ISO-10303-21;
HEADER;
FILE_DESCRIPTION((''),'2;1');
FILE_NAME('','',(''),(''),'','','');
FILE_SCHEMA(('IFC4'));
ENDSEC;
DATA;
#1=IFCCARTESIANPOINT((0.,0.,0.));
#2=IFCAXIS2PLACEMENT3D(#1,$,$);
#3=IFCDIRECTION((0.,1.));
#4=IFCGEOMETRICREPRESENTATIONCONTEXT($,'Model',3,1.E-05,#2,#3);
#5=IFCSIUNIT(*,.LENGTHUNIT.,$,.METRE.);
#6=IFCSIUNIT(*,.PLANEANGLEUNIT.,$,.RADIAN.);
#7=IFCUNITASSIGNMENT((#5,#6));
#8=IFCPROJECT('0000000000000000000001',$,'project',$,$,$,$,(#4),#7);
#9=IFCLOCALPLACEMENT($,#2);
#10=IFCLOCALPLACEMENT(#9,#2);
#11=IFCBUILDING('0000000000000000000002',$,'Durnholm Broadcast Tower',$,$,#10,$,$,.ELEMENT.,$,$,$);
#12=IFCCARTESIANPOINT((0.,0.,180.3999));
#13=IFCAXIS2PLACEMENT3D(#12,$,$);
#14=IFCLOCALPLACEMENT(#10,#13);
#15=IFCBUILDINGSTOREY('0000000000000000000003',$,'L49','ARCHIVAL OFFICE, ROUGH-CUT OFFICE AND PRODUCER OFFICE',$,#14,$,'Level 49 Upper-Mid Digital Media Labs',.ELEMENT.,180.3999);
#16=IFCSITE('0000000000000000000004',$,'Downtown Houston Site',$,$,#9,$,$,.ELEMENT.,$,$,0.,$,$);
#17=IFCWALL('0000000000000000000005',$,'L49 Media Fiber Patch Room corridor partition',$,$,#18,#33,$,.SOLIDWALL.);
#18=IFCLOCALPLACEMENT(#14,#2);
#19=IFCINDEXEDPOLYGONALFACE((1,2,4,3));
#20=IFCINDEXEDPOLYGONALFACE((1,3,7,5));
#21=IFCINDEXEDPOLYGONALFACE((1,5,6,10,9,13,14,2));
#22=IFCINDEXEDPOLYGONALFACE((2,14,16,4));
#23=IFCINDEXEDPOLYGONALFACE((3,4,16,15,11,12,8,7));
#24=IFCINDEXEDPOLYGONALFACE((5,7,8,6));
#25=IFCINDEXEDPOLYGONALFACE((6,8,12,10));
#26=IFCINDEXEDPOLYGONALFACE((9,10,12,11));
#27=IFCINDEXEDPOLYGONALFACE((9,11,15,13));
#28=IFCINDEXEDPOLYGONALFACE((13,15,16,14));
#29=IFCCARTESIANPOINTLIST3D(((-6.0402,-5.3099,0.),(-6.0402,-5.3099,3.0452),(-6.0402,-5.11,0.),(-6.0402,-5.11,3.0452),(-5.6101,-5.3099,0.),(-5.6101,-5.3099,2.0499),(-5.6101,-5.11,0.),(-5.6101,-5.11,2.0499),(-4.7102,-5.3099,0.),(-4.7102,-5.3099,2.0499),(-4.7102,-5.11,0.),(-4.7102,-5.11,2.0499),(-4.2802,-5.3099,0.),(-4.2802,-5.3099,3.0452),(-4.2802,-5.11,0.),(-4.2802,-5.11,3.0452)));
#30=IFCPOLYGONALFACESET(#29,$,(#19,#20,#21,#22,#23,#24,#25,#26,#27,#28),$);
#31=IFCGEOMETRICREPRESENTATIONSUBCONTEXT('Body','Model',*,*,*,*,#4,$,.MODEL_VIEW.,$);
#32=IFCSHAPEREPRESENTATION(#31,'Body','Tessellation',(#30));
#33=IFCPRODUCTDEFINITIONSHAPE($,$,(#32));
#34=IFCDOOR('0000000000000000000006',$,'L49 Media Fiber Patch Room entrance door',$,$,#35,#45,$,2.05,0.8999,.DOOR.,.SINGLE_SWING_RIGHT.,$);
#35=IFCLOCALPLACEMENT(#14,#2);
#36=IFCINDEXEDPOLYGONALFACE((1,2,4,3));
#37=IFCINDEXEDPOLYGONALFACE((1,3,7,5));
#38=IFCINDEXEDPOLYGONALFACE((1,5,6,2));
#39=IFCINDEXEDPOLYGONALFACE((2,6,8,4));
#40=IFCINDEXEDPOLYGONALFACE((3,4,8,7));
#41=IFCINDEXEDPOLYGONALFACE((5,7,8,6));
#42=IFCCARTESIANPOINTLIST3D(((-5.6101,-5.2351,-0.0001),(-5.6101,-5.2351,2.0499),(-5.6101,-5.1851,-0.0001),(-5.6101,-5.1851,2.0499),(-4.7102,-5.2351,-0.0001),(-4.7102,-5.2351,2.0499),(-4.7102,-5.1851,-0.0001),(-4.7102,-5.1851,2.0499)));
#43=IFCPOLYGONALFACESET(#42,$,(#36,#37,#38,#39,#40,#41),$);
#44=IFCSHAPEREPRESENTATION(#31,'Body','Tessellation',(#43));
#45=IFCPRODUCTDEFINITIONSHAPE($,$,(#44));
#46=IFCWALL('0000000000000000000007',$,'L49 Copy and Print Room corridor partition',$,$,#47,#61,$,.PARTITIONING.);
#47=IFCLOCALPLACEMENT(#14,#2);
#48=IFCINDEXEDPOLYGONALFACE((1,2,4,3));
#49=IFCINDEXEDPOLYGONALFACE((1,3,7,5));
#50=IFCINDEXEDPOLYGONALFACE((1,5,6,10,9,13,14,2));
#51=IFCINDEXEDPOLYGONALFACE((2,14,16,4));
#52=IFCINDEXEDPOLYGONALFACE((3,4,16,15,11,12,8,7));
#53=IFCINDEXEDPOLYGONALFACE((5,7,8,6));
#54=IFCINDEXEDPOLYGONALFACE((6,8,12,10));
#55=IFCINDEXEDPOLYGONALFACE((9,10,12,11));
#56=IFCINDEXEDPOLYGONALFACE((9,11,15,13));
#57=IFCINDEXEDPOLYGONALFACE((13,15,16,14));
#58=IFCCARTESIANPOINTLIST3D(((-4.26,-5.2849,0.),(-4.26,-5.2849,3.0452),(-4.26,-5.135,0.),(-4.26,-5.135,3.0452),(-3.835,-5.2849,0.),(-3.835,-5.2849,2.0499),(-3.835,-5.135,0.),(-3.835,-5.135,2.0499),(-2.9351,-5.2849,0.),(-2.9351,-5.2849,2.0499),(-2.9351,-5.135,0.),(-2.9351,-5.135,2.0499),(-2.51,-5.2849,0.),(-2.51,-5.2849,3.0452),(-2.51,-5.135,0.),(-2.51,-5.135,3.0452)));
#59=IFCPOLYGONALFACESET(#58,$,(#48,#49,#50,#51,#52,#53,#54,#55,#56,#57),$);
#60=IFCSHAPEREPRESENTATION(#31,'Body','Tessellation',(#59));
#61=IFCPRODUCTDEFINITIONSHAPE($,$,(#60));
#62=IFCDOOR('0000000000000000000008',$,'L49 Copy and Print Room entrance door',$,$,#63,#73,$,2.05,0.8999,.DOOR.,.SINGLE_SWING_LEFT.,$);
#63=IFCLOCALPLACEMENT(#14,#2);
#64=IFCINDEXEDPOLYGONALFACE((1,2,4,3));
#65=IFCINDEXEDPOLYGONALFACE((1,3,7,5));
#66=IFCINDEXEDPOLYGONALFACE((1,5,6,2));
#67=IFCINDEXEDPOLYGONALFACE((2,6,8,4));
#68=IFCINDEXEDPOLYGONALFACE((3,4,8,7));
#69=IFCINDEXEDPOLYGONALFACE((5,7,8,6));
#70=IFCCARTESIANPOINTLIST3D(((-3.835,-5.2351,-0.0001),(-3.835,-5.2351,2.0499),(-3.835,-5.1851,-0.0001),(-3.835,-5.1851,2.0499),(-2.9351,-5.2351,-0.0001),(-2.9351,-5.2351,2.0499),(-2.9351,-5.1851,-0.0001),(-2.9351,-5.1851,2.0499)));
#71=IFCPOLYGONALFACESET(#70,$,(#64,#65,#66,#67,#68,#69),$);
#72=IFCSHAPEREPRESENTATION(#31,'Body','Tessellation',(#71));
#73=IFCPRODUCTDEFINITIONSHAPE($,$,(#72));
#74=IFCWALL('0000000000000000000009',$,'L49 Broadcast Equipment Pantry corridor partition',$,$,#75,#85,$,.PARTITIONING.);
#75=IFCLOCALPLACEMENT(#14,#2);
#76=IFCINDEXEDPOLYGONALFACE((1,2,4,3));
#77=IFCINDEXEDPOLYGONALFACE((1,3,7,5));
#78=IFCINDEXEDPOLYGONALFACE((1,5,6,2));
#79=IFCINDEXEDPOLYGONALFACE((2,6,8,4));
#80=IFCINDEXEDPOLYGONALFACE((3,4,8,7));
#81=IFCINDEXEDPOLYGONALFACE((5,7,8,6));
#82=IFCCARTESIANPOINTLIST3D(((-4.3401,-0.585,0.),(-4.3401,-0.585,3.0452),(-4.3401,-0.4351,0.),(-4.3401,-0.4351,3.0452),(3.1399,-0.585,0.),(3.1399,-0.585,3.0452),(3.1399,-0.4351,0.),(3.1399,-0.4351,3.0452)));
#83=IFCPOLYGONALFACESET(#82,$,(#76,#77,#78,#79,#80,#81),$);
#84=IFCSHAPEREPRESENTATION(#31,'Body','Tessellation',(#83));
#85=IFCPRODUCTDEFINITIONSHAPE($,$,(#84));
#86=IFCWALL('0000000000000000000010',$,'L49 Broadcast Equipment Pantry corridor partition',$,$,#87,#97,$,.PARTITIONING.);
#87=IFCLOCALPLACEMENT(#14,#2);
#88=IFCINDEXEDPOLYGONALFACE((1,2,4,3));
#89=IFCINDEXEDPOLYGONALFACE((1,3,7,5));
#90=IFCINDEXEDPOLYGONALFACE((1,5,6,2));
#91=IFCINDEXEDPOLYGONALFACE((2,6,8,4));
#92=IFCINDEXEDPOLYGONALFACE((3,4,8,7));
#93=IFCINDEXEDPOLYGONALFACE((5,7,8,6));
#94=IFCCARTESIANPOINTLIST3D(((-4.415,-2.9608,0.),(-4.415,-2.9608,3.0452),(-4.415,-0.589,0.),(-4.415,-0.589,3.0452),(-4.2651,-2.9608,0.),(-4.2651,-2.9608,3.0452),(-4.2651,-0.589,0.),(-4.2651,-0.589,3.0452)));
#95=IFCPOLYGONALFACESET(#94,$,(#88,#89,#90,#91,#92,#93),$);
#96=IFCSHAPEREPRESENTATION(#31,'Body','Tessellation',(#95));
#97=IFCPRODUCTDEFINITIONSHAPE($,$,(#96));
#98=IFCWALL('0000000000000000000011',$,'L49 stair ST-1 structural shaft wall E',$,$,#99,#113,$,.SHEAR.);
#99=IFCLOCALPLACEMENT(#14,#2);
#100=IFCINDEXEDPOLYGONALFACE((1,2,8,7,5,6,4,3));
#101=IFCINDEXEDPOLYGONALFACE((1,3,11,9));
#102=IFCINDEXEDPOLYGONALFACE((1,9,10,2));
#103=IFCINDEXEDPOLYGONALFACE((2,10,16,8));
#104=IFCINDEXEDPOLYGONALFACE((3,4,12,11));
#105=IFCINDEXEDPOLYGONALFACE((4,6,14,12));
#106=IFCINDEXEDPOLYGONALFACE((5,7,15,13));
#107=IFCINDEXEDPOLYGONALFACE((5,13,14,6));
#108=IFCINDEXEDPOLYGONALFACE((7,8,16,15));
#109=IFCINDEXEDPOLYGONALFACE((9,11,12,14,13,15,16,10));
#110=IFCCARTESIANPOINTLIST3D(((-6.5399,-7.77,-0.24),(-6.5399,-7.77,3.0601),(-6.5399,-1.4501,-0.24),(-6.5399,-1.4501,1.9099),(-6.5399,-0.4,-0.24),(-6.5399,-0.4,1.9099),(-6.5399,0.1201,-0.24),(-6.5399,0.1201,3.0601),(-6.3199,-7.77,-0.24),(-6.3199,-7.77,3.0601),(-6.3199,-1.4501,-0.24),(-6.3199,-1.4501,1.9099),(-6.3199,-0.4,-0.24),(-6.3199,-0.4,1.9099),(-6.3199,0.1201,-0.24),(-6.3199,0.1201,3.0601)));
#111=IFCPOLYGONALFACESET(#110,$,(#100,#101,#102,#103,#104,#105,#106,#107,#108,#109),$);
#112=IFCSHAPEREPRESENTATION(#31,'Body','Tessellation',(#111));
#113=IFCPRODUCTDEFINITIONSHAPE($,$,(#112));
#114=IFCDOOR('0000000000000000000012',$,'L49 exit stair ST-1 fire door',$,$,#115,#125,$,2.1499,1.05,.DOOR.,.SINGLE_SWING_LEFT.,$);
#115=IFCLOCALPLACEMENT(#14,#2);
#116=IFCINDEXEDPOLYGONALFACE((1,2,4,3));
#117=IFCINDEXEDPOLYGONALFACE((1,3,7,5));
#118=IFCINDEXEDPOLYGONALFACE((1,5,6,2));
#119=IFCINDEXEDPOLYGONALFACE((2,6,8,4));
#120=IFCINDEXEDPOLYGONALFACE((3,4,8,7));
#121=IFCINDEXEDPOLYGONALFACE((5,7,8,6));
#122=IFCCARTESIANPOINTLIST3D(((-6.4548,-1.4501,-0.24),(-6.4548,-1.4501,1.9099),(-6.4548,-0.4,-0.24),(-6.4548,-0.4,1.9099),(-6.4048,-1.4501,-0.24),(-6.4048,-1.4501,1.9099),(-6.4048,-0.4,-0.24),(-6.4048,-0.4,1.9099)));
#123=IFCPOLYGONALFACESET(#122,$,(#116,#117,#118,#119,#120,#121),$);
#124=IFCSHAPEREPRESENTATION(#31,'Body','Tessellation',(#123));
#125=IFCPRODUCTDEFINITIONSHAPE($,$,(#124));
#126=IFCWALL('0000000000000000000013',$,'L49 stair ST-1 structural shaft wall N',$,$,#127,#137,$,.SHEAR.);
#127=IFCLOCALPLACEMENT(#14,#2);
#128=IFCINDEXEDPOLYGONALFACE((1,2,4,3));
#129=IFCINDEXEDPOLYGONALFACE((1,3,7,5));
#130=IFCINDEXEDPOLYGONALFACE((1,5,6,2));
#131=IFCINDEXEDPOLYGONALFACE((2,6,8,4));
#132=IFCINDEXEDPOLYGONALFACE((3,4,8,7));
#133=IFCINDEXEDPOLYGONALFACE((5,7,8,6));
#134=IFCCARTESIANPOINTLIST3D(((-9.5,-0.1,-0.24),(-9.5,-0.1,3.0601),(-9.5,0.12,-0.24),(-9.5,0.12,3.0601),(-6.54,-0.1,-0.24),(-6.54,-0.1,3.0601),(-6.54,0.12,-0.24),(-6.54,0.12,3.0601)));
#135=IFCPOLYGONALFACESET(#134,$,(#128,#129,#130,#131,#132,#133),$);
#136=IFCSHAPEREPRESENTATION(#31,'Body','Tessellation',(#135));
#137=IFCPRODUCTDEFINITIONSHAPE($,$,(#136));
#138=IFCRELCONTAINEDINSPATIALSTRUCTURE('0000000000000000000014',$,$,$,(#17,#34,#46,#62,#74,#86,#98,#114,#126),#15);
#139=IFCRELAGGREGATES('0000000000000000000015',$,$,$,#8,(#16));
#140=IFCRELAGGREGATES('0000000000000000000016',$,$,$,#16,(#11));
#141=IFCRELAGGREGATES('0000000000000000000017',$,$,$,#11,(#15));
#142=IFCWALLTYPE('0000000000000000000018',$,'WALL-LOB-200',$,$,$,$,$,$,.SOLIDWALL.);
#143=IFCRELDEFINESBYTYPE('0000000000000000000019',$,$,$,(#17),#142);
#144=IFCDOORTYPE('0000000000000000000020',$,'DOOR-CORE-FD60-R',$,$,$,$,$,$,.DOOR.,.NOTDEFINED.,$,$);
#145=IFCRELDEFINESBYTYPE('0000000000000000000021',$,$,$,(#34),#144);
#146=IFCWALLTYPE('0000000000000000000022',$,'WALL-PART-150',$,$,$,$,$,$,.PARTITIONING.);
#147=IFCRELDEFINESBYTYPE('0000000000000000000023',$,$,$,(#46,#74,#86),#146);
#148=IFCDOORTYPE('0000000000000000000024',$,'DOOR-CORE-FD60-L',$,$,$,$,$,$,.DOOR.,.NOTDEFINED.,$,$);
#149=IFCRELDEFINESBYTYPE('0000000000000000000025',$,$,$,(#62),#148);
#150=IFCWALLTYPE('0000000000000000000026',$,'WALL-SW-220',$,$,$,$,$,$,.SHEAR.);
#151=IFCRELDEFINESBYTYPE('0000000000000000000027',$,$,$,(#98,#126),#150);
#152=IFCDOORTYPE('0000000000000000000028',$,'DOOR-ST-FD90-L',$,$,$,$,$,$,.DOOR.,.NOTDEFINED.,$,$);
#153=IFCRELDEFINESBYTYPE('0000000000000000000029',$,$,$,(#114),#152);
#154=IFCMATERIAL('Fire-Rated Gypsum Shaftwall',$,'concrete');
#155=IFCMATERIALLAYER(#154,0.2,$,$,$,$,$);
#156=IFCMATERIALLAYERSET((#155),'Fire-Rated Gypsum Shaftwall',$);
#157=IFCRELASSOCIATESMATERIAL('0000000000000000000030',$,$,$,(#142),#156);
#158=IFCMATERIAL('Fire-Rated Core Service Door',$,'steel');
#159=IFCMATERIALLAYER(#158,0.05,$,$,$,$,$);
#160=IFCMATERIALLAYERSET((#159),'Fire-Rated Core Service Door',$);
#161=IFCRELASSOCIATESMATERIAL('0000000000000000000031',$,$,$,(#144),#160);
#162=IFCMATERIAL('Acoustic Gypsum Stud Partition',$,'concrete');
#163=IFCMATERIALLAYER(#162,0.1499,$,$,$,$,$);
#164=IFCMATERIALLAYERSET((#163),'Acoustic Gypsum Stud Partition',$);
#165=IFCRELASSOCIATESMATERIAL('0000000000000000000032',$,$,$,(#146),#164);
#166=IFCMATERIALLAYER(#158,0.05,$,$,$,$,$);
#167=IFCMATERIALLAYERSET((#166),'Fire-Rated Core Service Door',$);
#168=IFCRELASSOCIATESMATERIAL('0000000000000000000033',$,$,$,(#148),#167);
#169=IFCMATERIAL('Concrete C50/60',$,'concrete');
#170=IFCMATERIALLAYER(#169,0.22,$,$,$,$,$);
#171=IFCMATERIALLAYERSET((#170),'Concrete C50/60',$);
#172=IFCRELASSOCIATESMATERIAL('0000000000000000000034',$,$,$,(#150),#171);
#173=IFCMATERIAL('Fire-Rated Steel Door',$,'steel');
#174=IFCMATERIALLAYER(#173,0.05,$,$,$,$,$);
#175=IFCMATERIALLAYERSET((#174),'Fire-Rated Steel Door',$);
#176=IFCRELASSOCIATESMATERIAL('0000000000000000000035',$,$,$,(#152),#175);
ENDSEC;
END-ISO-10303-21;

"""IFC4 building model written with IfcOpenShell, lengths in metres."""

from ifc_helpers import new_model, si_unit, direction, frame, frame_2d, origin, place, context, subcontext, project, spatial, rectangle, extrude, source, transform, mapped, material, layer, layer_set, type_object, type_shapes, element, fill, save


model = new_model("IFC4")

# Units and contexts
model_context = context("Model", 3, precision=1e-05, world=origin(), true_north=direction((0.0, 1.0)))
body_context = subcontext(model_context, "Body", "Model", "MODEL_VIEW")
ifc_project = project(units=[si_unit("LENGTHUNIT", "METRE"), si_unit("PLANEANGLEUNIT", "RADIAN")], contexts=[model_context])

# Site, building, storey
site_placement = place(None, origin())
site = spatial("IfcSite", under=ifc_project, at=site_placement, Name="Downtown Houston Site", CompositionType="ELEMENT", RefElevation=0.0)
building_placement = place(site_placement, origin())
building = spatial("IfcBuilding", under=site, at=building_placement, Name="Durnholm Broadcast Tower", CompositionType="ELEMENT")
storey_placement = place(building_placement, frame((0.0, 0.0, 180.3999)))
storey = spatial("IfcBuildingStorey", under=building, at=storey_placement, Name="L49", Description="ARCHIVAL OFFICE, ROUGH-CUT OFFICE AND PRODUCER OFFICE", LongName="Level 49 Upper-Mid Digital Media Labs", CompositionType="ELEMENT", Elevation=180.3999)

# Shared definitions
ifc_material_1 = material(Name="Concrete C50/60", Category="concrete")

# Walls, openings, doors
ifc_material_2 = material(Name="Fire-Rated Gypsum Shaftwall", Category="concrete")
ifc_layer_1 = layer(ifc_material_2, 0.2)
ifc_layer_set_1 = layer_set([ifc_layer_1], Name="Fire-Rated Gypsum Shaftwall")
wall_type_1 = type_object("IfcWallType", Name="WALL-LOB-200", PredefinedType="SOLIDWALL", material=ifc_layer_set_1)
wall_1_placement = place(storey_placement, frame((-6.04, -5.21, 0.0), z_axis=(0.0, 0.0, 1.0), x_axis=(1.0, 0.0, 0.0)))
wall_1 = element("IfcWall", 1, at=wall_1_placement, inside=storey, type_object=wall_type_1, Name="L49 Media Fiber Patch Room corridor partition", PredefinedType="SOLIDWALL", context=body_context, shape_type="SweptSolid", body=[
    extrude(rectangle(XDim=1.76, YDim=0.2, at=frame_2d((0.8799, 0.0))), origin(), (0.0, 0.0, 1.0), 3.0452),
])
opening_1_placement = place(wall_1_placement, frame((0.4299, 0.0, 0.0)))
opening_1 = element("IfcOpeningElement", 2, at=opening_1_placement, cuts=wall_1, PredefinedType="OPENING", context=body_context, shape_type="SweptSolid", body=[
    extrude(rectangle(XDim=0.8999, YDim=2.05, at=frame_2d((0.45, 1.0249))), frame((0.0, 0.1099, 0.0), z_axis=(0.0, -1.0, 0.0), x_axis=(1.0, 0.0, 0.0)), (0.0, 0.0, 1.0), 0.22),
])
ifc_material_3 = material(Name="Fire-Rated Core Service Door", Category="steel")
ifc_layer_2 = layer(ifc_material_3, 0.05)
ifc_layer_set_2 = layer_set([ifc_layer_2], Name="Fire-Rated Core Service Door")
door_type_1 = type_object("IfcDoorType", Name="DOOR-CORE-FD60-R", OperationType="NOTDEFINED", PredefinedType="DOOR", material=ifc_layer_set_2)
shared_shape_1 = source(origin(), body_context, "Body", "SweptSolid", [
    extrude(rectangle(XDim=0.8999, YDim=2.05, at=frame_2d((0.45, 1.0249))), frame((0.0, 0.0249, 0.0), z_axis=(0.0, -1.0, 0.0), x_axis=(1.0, 0.0, 0.0)), (0.0, 0.0, 1.0), 0.05),
])
type_shapes(door_type_1, [shared_shape_1])
door_1_placement = place(opening_1_placement, origin())
door_1 = element("IfcDoor", 3, at=door_1_placement, inside=storey, type_object=door_type_1, Name="L49 Media Fiber Patch Room entrance door", OperationType="SINGLE_SWING_RIGHT", OverallHeight=2.05, OverallWidth=0.8999, PredefinedType="DOOR", context=body_context, shape_type="MappedRepresentation", body=[
    mapped(shared_shape_1, transform((0.0, 0.0, 0.0), x_axis=(1.0, 0.0, 0.0), y_axis=(0.0, 1.0, 0.0), z_axis=(0.0, 0.0, 1.0), scale=1.0)),
])
fill(opening_1, door_1)
ifc_material_4 = material(Name="Acoustic Gypsum Stud Partition", Category="concrete")
ifc_layer_3 = layer(ifc_material_4, 0.1499)
ifc_layer_set_3 = layer_set([ifc_layer_3], Name="Acoustic Gypsum Stud Partition")
wall_type_2 = type_object("IfcWallType", Name="WALL-PART-150", PredefinedType="PARTITIONING", material=ifc_layer_set_3)
wall_2_placement = place(storey_placement, frame((-4.26, -5.21, 0.0), z_axis=(0.0, 0.0, 1.0), x_axis=(1.0, 0.0, 0.0)))
wall_2 = element("IfcWall", 4, at=wall_2_placement, inside=storey, type_object=wall_type_2, Name="L49 Copy and Print Room corridor partition", PredefinedType="PARTITIONING", context=body_context, shape_type="SweptSolid", body=[
    extrude(rectangle(XDim=1.75, YDim=0.1499, at=frame_2d((0.875, 0.0))), origin(), (0.0, 0.0, 1.0), 3.0452),
])
opening_2_placement = place(wall_2_placement, frame((0.425, 0.0, 0.0)))
opening_2 = element("IfcOpeningElement", 5, at=opening_2_placement, cuts=wall_2, PredefinedType="OPENING", context=body_context, shape_type="SweptSolid", body=[
    extrude(rectangle(XDim=0.8999, YDim=2.05, at=frame_2d((0.45, 1.0249))), frame((0.0, 0.085, 0.0), z_axis=(0.0, -1.0, 0.0), x_axis=(1.0, 0.0, 0.0)), (0.0, 0.0, 1.0), 0.1699),
])
ifc_layer_4 = layer(ifc_material_3, 0.05)
ifc_layer_set_4 = layer_set([ifc_layer_4], Name="Fire-Rated Core Service Door")
door_type_2 = type_object("IfcDoorType", Name="DOOR-CORE-FD60-L", OperationType="NOTDEFINED", PredefinedType="DOOR", material=ifc_layer_set_4)
shared_shape_2 = source(origin(), body_context, "Body", "SweptSolid", [
    extrude(rectangle(XDim=0.8999, YDim=2.05, at=frame_2d((0.45, 1.0249))), frame((0.0, 0.0249, 0.0), z_axis=(0.0, -1.0, 0.0), x_axis=(1.0, 0.0, 0.0)), (0.0, 0.0, 1.0), 0.05),
])
type_shapes(door_type_2, [shared_shape_2])
door_2_placement = place(opening_2_placement, origin())
door_2 = element("IfcDoor", 6, at=door_2_placement, inside=storey, type_object=door_type_2, Name="L49 Copy and Print Room entrance door", OperationType="SINGLE_SWING_LEFT", OverallHeight=2.05, OverallWidth=0.8999, PredefinedType="DOOR", context=body_context, shape_type="MappedRepresentation", body=[
    mapped(shared_shape_2, transform((0.0, 0.0, 0.0), x_axis=(1.0, 0.0, 0.0), y_axis=(0.0, 1.0, 0.0), z_axis=(0.0, 0.0, 1.0), scale=1.0)),
])
fill(opening_2, door_2)

# Walls
wall_3_placement = place(storey_placement, frame((-4.3401, -0.51, 0.0), z_axis=(0.0, 0.0, 1.0), x_axis=(1.0, 0.0, 0.0)))
element("IfcWall", 7, at=wall_3_placement, inside=storey, type_object=wall_type_2, Name="L49 Broadcast Equipment Pantry corridor partition", PredefinedType="PARTITIONING", context=body_context, shape_type="SweptSolid", body=[
    extrude(rectangle(XDim=7.48, YDim=0.1499, at=frame_2d((3.74, 0.0))), origin(), (0.0, 0.0, 1.0), 3.0452),
])
wall_4_placement = place(storey_placement, frame((-4.3401, -2.9609, 0.0), z_axis=(0.0, 0.0, 1.0), x_axis=(0.0, 1.0, 0.0)))
element("IfcWall", 8, at=wall_4_placement, inside=storey, type_object=wall_type_2, Name="L49 Broadcast Equipment Pantry corridor partition", PredefinedType="PARTITIONING", context=body_context, shape_type="SweptSolid", body=[
    extrude(rectangle(XDim=2.3718, YDim=0.1499, at=frame_2d((1.186, 0.0))), origin(), (0.0, 0.0, 1.0), 3.0452),
])

# Wall, opening, door
ifc_layer_5 = layer(ifc_material_1, 0.22)
ifc_layer_set_5 = layer_set([ifc_layer_5], Name="Concrete C50/60")
wall_type_3 = type_object("IfcWallType", Name="WALL-SW-220", PredefinedType="SHEAR", material=ifc_layer_set_5)
wall_5_placement = place(storey_placement, frame((-6.4299, -7.77, -0.24), z_axis=(0.0, 0.0, 1.0), x_axis=(0.0, 1.0, 0.0)))
wall_5 = element("IfcWall", 9, at=wall_5_placement, inside=storey, type_object=wall_type_3, Name="L49 stair ST-1 structural shaft wall E", PredefinedType="SHEAR", context=body_context, shape_type="SweptSolid", body=[
    extrude(rectangle(XDim=7.8901, YDim=0.22, at=frame_2d((3.9451, 0.0))), origin(), (0.0, 0.0, 1.0), 3.3),
])
opening_3_placement = place(wall_5_placement, frame((6.3201, 0.0, 0.0)))
opening_3 = element("IfcOpeningElement", 10, at=opening_3_placement, cuts=wall_5, PredefinedType="OPENING", context=body_context, shape_type="SweptSolid", body=[
    extrude(rectangle(XDim=1.05, YDim=2.1499, at=frame_2d((0.5249, 1.075))), frame((0.0, 0.1201, 0.0), z_axis=(0.0, -1.0, 0.0), x_axis=(1.0, 0.0, 0.0)), (0.0, 0.0, 1.0), 0.24),
])
ifc_material_5 = material(Name="Fire-Rated Steel Door", Category="steel")
ifc_layer_6 = layer(ifc_material_5, 0.05)
ifc_layer_set_6 = layer_set([ifc_layer_6], Name="Fire-Rated Steel Door")
door_type_3 = type_object("IfcDoorType", Name="DOOR-ST-FD90-L", OperationType="NOTDEFINED", PredefinedType="DOOR", material=ifc_layer_set_6)
shared_shape_3 = source(origin(), body_context, "Body", "SweptSolid", [
    extrude(rectangle(XDim=1.05, YDim=2.1499, at=frame_2d((0.5249, 1.075))), frame((0.0, 0.0249, 0.0), z_axis=(0.0, -1.0, 0.0), x_axis=(1.0, 0.0, 0.0)), (0.0, 0.0, 1.0), 0.05),
])
type_shapes(door_type_3, [shared_shape_3])
door_3_placement = place(opening_3_placement, origin())
door_3 = element("IfcDoor", 11, at=door_3_placement, inside=storey, type_object=door_type_3, Name="L49 exit stair ST-1 fire door", OperationType="SINGLE_SWING_LEFT", OverallHeight=2.1499, OverallWidth=1.05, PredefinedType="DOOR", context=body_context, shape_type="MappedRepresentation", body=[
    mapped(shared_shape_3, transform((0.0, 0.0, 0.0), x_axis=(1.0, 0.0, 0.0), y_axis=(0.0, 1.0, 0.0), z_axis=(0.0, 0.0, 1.0), scale=1.0)),
])
fill(opening_3, door_3)

# Wall
wall_6_placement = place(storey_placement, frame((-6.54, 0.01, -0.24), z_axis=(0.0, 0.0, 1.0), x_axis=(-1.0, 0.0, 0.0)))
element("IfcWall", 12, at=wall_6_placement, inside=storey, type_object=wall_type_3, Name="L49 stair ST-1 structural shaft wall N", PredefinedType="SHEAR", context=body_context, shape_type="SweptSolid", body=[
    extrude(rectangle(XDim=2.96, YDim=0.22, at=frame_2d((1.48, 0.0))), origin(), (0.0, 0.0, 1.0), 3.3),
])

save(model, "model.ifc")
